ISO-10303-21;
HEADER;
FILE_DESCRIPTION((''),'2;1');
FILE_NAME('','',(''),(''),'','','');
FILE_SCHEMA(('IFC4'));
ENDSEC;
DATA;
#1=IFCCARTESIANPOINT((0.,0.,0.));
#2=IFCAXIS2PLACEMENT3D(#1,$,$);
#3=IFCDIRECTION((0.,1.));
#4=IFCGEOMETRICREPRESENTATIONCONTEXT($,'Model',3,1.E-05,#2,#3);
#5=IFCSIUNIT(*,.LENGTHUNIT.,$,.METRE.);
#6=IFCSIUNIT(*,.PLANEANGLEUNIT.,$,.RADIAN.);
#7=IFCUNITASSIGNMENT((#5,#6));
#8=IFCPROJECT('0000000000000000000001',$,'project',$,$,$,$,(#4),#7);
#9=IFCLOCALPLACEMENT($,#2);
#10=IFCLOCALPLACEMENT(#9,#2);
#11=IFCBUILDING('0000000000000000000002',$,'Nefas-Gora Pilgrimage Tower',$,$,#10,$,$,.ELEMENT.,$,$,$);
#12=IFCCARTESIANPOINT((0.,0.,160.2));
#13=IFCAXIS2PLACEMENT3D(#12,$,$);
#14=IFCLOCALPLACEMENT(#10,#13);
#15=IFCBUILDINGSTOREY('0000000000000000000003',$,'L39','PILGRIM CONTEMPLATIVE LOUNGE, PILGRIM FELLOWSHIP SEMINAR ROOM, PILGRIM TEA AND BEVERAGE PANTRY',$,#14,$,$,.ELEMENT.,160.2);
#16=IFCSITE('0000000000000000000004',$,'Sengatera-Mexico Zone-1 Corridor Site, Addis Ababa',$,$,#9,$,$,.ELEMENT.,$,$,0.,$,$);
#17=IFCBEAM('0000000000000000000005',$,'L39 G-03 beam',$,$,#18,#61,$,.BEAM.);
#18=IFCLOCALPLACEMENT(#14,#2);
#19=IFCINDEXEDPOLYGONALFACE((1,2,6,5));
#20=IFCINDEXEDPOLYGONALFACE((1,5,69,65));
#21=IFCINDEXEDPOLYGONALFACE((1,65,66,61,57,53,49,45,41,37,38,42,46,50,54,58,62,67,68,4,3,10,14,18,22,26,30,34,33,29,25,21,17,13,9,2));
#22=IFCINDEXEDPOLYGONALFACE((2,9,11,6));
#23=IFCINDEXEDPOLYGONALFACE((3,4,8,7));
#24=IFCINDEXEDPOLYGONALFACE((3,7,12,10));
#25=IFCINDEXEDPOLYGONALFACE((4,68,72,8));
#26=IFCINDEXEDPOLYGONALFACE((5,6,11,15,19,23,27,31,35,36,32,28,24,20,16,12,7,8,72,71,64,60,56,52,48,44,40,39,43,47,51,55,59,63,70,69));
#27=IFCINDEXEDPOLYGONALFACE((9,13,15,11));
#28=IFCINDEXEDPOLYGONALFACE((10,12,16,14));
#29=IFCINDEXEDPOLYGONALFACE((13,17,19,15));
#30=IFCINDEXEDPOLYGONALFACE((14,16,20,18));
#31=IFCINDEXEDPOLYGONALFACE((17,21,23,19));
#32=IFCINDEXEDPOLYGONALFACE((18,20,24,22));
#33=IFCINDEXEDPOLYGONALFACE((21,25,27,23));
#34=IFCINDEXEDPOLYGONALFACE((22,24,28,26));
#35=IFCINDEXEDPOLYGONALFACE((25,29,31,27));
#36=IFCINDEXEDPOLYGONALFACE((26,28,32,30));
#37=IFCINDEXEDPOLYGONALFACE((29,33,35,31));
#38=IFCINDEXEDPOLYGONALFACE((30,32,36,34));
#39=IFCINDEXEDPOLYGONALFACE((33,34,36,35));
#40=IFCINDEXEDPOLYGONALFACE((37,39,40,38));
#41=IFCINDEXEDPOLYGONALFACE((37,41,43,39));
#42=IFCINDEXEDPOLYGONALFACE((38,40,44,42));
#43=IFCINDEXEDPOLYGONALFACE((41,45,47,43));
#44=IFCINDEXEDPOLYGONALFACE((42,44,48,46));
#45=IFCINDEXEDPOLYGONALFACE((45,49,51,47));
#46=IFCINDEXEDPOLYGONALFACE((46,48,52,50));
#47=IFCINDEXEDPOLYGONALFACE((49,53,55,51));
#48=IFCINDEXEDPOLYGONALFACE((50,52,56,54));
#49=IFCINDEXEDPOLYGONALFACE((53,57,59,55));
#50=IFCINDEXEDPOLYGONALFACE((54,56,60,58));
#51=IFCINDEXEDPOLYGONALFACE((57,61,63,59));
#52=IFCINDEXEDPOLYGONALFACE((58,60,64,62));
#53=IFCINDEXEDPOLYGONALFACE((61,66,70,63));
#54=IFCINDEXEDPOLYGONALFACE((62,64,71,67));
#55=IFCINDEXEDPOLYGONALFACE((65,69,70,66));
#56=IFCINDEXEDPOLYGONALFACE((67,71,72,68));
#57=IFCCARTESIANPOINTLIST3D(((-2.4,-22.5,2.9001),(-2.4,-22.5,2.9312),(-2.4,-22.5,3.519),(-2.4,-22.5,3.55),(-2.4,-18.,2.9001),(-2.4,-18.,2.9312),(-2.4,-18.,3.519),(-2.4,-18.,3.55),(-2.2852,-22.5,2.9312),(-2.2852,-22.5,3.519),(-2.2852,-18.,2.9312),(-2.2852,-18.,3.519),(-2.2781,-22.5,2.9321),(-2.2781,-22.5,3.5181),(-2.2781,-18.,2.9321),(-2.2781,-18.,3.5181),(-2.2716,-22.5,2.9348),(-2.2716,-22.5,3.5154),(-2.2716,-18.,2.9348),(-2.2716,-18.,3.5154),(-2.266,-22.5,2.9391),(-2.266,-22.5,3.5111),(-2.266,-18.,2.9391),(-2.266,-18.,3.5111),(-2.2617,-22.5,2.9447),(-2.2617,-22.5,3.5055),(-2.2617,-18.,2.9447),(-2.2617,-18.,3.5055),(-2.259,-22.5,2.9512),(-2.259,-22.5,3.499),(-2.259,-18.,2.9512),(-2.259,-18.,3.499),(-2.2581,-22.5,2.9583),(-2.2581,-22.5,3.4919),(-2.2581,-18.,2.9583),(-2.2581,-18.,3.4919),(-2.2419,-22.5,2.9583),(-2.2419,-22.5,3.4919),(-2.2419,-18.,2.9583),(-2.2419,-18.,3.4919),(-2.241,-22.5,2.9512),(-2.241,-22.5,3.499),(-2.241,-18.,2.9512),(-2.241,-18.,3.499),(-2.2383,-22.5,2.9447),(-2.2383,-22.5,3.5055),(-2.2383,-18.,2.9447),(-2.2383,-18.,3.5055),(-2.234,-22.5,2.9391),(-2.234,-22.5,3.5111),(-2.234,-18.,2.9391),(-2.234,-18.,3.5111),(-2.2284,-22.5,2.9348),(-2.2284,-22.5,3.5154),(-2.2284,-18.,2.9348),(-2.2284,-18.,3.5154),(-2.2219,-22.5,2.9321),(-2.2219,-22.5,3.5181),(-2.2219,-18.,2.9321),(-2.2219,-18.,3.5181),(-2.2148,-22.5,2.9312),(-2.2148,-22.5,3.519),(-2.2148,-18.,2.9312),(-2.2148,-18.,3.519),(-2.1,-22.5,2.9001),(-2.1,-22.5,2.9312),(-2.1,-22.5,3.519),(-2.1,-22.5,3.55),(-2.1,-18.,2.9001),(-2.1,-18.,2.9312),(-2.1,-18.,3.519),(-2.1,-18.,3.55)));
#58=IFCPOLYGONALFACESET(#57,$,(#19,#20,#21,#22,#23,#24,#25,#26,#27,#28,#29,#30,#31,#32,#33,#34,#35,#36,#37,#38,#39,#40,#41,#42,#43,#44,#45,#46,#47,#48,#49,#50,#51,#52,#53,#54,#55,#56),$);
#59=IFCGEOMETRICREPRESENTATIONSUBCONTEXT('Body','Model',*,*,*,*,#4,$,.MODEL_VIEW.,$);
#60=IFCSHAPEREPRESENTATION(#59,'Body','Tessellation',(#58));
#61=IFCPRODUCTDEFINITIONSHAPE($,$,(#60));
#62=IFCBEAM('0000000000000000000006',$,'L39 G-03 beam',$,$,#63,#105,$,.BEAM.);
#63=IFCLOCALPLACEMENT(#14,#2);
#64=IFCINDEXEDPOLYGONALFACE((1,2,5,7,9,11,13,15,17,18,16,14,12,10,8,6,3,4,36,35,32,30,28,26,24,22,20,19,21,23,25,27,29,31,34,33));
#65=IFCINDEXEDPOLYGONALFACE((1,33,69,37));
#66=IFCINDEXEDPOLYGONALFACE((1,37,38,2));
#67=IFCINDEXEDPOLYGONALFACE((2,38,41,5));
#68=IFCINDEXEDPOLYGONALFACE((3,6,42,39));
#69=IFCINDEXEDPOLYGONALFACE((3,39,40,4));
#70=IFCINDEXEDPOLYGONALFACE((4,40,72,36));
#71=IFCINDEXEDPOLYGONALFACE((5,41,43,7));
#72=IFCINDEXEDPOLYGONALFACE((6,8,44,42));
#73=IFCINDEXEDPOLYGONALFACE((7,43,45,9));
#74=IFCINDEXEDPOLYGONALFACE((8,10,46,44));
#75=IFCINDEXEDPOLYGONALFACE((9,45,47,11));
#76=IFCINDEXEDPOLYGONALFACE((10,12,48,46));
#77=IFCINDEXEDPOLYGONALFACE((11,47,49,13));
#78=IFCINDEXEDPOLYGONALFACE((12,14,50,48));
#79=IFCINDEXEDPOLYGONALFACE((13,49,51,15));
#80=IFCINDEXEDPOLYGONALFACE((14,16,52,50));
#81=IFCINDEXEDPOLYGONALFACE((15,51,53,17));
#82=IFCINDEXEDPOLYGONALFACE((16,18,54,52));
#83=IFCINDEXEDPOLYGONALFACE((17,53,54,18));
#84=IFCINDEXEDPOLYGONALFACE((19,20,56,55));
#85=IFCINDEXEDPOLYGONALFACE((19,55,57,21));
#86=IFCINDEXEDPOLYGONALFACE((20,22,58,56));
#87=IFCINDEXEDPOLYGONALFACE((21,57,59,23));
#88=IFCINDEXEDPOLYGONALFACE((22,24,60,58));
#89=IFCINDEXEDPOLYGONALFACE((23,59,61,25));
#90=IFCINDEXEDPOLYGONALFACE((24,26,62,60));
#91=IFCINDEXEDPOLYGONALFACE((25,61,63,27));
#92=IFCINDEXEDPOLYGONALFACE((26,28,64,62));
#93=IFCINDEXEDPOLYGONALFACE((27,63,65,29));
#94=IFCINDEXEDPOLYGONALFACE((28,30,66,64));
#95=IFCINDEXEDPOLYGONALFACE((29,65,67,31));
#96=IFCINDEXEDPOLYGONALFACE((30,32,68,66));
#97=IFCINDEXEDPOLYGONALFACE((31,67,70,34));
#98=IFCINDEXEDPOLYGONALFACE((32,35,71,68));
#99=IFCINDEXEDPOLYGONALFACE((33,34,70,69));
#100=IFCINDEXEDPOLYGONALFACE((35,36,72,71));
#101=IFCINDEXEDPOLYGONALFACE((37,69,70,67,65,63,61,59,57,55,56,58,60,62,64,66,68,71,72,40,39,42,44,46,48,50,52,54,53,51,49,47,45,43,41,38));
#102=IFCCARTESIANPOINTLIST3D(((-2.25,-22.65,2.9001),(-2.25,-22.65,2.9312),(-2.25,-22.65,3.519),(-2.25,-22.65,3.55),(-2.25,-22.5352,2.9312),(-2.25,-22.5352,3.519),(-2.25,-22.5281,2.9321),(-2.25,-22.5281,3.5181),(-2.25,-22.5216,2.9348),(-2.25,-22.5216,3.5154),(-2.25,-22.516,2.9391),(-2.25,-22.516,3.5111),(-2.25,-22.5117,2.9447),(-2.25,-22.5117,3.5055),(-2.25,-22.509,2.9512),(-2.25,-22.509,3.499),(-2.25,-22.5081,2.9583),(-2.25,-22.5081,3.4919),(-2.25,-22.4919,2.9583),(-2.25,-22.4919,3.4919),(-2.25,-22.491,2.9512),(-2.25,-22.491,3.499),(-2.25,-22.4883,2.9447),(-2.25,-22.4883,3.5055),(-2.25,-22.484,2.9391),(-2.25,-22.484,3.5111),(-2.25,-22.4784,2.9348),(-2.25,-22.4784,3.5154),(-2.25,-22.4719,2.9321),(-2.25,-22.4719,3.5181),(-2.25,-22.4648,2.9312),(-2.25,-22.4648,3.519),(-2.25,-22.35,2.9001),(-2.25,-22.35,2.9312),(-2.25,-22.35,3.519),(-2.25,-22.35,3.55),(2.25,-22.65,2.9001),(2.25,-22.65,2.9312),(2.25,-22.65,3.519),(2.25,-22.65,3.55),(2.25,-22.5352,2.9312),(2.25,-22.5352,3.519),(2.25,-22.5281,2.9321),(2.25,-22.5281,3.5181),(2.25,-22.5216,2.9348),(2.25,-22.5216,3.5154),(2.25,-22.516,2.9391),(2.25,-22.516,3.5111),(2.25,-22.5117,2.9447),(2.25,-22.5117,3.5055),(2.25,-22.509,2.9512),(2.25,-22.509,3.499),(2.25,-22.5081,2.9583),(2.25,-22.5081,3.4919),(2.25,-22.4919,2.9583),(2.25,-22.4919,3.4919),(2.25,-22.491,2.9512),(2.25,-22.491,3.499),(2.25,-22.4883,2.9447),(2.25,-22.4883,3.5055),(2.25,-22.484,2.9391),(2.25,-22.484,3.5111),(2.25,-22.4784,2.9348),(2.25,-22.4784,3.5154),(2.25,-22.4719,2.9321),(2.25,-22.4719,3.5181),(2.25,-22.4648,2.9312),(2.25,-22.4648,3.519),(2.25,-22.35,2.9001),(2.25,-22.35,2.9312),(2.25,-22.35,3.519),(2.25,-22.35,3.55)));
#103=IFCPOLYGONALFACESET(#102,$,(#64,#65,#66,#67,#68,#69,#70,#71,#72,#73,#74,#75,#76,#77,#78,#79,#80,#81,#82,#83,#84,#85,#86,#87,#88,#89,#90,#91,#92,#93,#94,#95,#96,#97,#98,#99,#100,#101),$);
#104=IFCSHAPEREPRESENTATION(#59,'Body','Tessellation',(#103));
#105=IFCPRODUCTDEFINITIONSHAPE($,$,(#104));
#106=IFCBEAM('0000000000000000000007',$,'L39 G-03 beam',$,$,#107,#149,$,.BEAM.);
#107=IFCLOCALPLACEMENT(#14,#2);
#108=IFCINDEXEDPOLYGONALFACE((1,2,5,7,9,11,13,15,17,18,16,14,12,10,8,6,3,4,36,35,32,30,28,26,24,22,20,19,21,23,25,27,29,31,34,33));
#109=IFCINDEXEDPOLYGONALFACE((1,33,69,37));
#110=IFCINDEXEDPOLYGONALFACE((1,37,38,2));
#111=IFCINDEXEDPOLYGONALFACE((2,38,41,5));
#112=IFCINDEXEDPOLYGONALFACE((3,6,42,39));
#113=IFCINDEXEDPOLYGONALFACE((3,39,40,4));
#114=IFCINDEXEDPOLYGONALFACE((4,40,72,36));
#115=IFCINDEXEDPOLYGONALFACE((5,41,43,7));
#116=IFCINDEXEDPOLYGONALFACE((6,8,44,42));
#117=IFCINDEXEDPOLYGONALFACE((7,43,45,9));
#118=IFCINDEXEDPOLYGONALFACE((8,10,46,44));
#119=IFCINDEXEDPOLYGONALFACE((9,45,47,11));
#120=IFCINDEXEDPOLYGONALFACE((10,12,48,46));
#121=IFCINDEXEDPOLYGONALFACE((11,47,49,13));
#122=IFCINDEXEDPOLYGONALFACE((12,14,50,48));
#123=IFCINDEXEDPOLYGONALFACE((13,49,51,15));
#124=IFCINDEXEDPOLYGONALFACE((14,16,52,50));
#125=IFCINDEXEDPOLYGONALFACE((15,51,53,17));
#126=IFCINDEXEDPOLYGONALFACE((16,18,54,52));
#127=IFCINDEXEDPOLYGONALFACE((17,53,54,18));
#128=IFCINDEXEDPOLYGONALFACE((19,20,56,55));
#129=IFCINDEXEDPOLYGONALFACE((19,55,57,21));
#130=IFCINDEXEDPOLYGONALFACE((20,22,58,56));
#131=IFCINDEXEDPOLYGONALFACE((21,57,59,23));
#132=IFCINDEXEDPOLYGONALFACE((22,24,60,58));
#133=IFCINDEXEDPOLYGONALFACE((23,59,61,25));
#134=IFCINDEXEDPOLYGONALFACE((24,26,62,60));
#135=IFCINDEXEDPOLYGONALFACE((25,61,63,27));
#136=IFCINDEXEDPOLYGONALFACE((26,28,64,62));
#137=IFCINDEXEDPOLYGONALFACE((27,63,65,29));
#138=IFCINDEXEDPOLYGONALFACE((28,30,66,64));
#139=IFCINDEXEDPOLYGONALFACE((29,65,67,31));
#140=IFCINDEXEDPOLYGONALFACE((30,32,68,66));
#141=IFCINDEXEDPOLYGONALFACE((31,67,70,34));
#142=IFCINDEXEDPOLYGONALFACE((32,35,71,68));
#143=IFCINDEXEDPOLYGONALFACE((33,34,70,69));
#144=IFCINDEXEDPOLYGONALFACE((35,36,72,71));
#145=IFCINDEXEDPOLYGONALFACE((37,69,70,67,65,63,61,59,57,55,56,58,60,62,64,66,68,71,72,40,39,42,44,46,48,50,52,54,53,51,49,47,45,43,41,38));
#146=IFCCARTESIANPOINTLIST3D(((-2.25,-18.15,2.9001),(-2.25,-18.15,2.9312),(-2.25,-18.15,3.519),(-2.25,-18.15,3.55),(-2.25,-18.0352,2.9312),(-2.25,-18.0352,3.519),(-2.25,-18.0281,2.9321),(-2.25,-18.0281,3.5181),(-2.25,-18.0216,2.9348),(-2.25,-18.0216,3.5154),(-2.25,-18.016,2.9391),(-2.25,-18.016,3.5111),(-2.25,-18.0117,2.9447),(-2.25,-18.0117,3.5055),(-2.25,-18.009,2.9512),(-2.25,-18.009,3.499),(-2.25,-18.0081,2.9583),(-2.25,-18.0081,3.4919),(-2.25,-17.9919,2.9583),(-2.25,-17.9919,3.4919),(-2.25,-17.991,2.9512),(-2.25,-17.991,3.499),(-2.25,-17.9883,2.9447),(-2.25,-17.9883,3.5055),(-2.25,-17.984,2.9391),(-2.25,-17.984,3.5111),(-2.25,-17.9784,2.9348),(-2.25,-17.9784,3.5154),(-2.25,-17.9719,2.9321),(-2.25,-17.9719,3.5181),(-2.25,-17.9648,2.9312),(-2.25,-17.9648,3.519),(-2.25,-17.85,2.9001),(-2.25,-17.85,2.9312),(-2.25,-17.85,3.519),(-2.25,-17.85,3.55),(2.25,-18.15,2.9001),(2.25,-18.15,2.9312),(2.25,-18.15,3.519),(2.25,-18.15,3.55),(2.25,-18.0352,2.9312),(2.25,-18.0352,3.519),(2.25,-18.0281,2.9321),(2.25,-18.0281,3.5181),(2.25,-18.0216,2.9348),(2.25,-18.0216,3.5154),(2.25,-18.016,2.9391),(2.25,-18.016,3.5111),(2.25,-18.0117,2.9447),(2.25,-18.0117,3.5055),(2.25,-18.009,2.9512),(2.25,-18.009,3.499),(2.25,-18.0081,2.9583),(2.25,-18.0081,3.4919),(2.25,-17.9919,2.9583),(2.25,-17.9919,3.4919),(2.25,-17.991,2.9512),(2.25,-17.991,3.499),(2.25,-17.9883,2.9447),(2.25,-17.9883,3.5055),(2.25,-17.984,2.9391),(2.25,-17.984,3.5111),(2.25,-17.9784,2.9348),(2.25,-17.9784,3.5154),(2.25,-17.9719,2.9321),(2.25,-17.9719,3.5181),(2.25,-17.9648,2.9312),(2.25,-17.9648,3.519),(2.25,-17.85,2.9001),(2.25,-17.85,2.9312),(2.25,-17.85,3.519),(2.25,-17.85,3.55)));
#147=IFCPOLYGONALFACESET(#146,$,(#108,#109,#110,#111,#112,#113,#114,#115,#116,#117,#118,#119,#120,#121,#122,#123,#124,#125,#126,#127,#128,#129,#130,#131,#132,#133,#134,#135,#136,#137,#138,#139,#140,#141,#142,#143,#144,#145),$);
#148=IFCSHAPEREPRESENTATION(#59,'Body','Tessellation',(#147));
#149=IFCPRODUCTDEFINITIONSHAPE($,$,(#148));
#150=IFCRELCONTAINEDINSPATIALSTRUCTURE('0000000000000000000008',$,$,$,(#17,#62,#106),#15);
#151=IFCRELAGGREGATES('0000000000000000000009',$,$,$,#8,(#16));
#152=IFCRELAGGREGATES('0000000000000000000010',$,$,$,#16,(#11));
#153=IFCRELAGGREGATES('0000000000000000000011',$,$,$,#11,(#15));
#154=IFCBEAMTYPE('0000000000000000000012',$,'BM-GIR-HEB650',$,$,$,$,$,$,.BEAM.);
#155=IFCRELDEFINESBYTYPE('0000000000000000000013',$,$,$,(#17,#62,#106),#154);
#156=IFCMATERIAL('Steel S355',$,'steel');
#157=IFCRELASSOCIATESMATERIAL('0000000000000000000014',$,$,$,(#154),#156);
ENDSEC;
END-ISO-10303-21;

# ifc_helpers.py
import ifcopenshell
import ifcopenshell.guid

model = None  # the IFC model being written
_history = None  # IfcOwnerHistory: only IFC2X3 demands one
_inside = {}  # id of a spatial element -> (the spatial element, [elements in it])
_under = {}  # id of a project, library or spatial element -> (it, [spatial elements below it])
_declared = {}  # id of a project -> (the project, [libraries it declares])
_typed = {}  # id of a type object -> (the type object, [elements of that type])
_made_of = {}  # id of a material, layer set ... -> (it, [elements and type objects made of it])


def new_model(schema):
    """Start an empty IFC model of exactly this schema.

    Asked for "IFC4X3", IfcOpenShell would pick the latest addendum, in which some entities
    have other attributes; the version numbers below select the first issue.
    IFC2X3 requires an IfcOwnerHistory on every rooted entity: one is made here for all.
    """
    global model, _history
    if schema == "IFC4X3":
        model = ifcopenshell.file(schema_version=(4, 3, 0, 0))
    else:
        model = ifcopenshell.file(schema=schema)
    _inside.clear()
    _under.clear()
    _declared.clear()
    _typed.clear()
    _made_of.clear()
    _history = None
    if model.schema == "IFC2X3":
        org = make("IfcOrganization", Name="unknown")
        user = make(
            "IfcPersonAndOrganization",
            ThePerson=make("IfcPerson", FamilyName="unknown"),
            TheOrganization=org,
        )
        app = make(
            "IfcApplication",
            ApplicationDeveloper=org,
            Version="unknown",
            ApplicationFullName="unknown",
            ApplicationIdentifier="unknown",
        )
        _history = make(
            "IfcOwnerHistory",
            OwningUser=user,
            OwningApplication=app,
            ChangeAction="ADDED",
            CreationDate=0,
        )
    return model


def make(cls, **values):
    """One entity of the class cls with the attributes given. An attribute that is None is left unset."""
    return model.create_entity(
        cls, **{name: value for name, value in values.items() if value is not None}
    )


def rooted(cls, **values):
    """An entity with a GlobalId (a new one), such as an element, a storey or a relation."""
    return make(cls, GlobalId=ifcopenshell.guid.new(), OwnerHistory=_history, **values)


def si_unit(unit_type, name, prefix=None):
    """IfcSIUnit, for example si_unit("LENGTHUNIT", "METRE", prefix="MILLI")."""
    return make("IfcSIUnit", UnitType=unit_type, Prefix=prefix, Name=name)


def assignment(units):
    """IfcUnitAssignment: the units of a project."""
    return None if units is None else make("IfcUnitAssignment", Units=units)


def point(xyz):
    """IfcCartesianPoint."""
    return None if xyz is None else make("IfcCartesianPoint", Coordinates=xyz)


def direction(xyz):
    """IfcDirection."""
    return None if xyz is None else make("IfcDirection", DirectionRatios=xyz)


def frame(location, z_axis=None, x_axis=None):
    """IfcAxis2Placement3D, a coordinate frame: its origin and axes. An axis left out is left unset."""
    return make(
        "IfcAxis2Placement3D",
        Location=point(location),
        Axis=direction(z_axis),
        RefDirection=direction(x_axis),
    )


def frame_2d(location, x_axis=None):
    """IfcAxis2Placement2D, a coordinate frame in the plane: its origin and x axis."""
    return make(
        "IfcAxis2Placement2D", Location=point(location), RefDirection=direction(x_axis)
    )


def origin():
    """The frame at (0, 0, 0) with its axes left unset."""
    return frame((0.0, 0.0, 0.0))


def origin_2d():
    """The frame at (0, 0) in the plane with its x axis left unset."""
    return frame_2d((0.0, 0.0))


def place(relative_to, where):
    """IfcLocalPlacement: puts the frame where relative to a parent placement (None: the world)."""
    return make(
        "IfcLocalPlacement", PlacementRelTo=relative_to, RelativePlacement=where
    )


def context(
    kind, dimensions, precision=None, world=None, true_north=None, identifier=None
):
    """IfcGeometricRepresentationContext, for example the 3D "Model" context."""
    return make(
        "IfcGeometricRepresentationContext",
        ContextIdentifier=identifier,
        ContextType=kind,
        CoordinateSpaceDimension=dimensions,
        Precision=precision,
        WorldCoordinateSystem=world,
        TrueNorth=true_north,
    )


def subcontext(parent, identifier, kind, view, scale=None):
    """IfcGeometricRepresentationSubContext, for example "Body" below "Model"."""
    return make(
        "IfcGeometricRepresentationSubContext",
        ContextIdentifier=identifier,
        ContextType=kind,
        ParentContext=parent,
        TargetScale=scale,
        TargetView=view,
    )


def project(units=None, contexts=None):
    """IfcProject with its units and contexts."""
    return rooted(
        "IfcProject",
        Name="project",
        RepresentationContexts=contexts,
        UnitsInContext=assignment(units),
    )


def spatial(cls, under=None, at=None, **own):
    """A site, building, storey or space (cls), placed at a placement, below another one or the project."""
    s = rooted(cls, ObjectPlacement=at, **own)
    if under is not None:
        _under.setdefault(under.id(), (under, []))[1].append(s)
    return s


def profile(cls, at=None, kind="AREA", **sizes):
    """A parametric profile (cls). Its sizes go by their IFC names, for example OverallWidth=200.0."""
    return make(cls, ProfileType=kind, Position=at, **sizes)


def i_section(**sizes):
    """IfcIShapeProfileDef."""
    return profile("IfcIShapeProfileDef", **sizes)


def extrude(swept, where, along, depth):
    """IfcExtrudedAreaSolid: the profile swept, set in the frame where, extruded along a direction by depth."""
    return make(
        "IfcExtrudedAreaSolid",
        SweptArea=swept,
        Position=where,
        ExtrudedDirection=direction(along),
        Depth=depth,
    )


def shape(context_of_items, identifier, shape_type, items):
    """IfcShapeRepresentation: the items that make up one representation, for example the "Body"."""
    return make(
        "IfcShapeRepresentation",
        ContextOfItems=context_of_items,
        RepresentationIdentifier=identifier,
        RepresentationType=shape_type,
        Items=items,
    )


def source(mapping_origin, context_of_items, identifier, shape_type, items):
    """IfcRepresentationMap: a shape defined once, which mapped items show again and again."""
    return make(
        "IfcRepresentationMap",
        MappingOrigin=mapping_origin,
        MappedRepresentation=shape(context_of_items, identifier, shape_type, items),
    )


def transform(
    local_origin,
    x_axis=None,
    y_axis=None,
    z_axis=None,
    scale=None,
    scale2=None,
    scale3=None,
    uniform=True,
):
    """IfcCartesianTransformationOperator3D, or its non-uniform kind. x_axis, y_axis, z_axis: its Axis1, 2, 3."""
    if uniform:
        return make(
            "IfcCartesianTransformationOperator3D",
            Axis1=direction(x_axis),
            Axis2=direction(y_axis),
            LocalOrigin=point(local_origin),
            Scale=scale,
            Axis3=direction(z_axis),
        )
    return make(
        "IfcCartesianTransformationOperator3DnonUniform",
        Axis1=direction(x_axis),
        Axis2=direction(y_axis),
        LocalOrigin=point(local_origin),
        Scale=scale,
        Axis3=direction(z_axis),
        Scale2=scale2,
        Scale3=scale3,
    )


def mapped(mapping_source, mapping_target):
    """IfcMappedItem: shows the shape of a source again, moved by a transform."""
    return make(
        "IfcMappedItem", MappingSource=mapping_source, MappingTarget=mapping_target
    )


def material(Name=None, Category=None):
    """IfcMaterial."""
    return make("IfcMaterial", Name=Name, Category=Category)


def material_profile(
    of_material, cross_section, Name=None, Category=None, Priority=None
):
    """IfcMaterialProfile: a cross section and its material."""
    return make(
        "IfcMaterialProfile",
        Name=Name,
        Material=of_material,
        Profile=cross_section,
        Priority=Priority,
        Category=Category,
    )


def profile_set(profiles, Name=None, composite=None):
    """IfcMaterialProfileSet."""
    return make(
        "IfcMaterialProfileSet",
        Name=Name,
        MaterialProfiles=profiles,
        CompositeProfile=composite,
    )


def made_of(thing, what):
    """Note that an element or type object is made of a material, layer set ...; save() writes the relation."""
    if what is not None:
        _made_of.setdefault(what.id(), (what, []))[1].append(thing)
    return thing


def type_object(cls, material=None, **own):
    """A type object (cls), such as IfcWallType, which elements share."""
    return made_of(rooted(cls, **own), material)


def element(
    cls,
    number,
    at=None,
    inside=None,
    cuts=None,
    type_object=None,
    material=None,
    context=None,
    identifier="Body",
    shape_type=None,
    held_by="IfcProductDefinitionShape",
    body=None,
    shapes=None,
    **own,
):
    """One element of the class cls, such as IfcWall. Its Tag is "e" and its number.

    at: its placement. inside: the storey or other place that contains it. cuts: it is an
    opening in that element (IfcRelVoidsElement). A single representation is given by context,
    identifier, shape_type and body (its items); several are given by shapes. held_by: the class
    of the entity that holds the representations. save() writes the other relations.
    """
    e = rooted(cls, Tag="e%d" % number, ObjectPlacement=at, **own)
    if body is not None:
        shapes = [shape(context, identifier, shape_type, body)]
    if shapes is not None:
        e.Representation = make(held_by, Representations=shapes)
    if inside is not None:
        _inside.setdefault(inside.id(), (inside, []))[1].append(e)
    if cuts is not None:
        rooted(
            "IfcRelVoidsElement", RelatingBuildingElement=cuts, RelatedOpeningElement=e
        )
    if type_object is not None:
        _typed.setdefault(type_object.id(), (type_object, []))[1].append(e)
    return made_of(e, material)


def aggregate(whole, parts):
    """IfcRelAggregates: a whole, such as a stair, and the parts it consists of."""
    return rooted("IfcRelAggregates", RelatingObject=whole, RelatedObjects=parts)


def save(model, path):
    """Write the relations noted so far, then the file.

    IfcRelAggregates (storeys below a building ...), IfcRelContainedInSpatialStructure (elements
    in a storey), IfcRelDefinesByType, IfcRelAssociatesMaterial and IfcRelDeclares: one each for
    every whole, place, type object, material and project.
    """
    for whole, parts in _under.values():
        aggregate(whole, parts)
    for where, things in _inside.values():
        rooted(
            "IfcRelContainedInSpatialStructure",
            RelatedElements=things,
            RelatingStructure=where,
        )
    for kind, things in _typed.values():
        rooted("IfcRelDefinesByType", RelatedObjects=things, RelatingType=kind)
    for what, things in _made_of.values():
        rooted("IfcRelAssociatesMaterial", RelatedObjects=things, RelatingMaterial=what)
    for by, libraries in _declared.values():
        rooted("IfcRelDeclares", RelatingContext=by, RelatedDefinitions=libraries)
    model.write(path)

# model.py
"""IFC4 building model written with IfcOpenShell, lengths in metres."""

from ifc_helpers import new_model, si_unit, direction, frame, origin, origin_2d, place, context, subcontext, project, spatial, i_section, extrude, source, transform, mapped, material, material_profile, profile_set, type_object, element, save


model = new_model("IFC4")

# Units and contexts
model_context = context("Model", 3, precision=1e-05, world=origin(), true_north=direction((0.0, 1.0)))
body_context = subcontext(model_context, "Body", "Model", "MODEL_VIEW")
ifc_project = project(units=[si_unit("LENGTHUNIT", "METRE"), si_unit("PLANEANGLEUNIT", "RADIAN")], contexts=[model_context])

# Site, building, storey
site_placement = place(None, origin())
site = spatial("IfcSite", under=ifc_project, at=site_placement, Name="Sengatera-Mexico Zone-1 Corridor Site, Addis Ababa", CompositionType="ELEMENT", RefElevation=0.0)
building_placement = place(site_placement, origin())
building = spatial("IfcBuilding", under=site, at=building_placement, Name="Nefas-Gora Pilgrimage Tower", CompositionType="ELEMENT")
storey_placement = place(building_placement, frame((0.0, 0.0, 160.2)))
storey = spatial("IfcBuildingStorey", under=building, at=storey_placement, Name="L39", Description="PILGRIM CONTEMPLATIVE LOUNGE, PILGRIM FELLOWSHIP SEMINAR ROOM, PILGRIM TEA AND BEVERAGE PANTRY", CompositionType="ELEMENT", Elevation=160.2)

# Beams
ifc_material_1 = material(Name="Steel S355", Category="steel")
ifc_material_profile_1 = material_profile(ifc_material_1, i_section(OverallWidth=0.3, OverallDepth=0.6499, WebThickness=0.0161, FlangeThickness=0.031, FilletRadius=0.0271, at=origin_2d()), Name="HEB 650")
ifc_profile_set_1 = profile_set([ifc_material_profile_1], Name="Steel S355")
beam_type = type_object("IfcBeamType", Name="BM-GIR-HEB650", PredefinedType="BEAM", material=ifc_profile_set_1)
shared_shape_1 = source(origin(), body_context, "Body", "SweptSolid", [
    extrude(i_section(OverallWidth=0.3, OverallDepth=0.6499, WebThickness=0.0161, FlangeThickness=0.031, FilletRadius=0.0271, at=origin_2d()), origin(), (0.0, 0.0, 1.0), 4.5),
])
for number, where, z_axis, x_axis, name in (
    (1, (-2.25, -22.5, 3.2251), (0.0, 1.0, 0.0), (-1.0, 0.0, 0.0), "L39 G-03 beam"),
    (2, (-2.25, -22.5, 3.2251), (1.0, 0.0, 0.0), (0.0, 1.0, 0.0), "L39 G-03 beam"),
    (3, (-2.25, -18.0, 3.2251), (1.0, 0.0, 0.0), (0.0, 1.0, 0.0), "L39 G-03 beam"),
):
    element("IfcBeam", number, at=place(storey_placement, frame(where, z_axis=z_axis, x_axis=x_axis)), inside=storey, type_object=beam_type, Name=name, PredefinedType="BEAM", context=body_context, shape_type="MappedRepresentation", body=[
        mapped(shared_shape_1, transform((0.0, 0.0, 0.0), x_axis=(1.0, 0.0, 0.0), y_axis=(0.0, 1.0, 0.0), z_axis=(0.0, 0.0, 1.0), scale=1.0)),
    ])

save(model, "model.ifc")
